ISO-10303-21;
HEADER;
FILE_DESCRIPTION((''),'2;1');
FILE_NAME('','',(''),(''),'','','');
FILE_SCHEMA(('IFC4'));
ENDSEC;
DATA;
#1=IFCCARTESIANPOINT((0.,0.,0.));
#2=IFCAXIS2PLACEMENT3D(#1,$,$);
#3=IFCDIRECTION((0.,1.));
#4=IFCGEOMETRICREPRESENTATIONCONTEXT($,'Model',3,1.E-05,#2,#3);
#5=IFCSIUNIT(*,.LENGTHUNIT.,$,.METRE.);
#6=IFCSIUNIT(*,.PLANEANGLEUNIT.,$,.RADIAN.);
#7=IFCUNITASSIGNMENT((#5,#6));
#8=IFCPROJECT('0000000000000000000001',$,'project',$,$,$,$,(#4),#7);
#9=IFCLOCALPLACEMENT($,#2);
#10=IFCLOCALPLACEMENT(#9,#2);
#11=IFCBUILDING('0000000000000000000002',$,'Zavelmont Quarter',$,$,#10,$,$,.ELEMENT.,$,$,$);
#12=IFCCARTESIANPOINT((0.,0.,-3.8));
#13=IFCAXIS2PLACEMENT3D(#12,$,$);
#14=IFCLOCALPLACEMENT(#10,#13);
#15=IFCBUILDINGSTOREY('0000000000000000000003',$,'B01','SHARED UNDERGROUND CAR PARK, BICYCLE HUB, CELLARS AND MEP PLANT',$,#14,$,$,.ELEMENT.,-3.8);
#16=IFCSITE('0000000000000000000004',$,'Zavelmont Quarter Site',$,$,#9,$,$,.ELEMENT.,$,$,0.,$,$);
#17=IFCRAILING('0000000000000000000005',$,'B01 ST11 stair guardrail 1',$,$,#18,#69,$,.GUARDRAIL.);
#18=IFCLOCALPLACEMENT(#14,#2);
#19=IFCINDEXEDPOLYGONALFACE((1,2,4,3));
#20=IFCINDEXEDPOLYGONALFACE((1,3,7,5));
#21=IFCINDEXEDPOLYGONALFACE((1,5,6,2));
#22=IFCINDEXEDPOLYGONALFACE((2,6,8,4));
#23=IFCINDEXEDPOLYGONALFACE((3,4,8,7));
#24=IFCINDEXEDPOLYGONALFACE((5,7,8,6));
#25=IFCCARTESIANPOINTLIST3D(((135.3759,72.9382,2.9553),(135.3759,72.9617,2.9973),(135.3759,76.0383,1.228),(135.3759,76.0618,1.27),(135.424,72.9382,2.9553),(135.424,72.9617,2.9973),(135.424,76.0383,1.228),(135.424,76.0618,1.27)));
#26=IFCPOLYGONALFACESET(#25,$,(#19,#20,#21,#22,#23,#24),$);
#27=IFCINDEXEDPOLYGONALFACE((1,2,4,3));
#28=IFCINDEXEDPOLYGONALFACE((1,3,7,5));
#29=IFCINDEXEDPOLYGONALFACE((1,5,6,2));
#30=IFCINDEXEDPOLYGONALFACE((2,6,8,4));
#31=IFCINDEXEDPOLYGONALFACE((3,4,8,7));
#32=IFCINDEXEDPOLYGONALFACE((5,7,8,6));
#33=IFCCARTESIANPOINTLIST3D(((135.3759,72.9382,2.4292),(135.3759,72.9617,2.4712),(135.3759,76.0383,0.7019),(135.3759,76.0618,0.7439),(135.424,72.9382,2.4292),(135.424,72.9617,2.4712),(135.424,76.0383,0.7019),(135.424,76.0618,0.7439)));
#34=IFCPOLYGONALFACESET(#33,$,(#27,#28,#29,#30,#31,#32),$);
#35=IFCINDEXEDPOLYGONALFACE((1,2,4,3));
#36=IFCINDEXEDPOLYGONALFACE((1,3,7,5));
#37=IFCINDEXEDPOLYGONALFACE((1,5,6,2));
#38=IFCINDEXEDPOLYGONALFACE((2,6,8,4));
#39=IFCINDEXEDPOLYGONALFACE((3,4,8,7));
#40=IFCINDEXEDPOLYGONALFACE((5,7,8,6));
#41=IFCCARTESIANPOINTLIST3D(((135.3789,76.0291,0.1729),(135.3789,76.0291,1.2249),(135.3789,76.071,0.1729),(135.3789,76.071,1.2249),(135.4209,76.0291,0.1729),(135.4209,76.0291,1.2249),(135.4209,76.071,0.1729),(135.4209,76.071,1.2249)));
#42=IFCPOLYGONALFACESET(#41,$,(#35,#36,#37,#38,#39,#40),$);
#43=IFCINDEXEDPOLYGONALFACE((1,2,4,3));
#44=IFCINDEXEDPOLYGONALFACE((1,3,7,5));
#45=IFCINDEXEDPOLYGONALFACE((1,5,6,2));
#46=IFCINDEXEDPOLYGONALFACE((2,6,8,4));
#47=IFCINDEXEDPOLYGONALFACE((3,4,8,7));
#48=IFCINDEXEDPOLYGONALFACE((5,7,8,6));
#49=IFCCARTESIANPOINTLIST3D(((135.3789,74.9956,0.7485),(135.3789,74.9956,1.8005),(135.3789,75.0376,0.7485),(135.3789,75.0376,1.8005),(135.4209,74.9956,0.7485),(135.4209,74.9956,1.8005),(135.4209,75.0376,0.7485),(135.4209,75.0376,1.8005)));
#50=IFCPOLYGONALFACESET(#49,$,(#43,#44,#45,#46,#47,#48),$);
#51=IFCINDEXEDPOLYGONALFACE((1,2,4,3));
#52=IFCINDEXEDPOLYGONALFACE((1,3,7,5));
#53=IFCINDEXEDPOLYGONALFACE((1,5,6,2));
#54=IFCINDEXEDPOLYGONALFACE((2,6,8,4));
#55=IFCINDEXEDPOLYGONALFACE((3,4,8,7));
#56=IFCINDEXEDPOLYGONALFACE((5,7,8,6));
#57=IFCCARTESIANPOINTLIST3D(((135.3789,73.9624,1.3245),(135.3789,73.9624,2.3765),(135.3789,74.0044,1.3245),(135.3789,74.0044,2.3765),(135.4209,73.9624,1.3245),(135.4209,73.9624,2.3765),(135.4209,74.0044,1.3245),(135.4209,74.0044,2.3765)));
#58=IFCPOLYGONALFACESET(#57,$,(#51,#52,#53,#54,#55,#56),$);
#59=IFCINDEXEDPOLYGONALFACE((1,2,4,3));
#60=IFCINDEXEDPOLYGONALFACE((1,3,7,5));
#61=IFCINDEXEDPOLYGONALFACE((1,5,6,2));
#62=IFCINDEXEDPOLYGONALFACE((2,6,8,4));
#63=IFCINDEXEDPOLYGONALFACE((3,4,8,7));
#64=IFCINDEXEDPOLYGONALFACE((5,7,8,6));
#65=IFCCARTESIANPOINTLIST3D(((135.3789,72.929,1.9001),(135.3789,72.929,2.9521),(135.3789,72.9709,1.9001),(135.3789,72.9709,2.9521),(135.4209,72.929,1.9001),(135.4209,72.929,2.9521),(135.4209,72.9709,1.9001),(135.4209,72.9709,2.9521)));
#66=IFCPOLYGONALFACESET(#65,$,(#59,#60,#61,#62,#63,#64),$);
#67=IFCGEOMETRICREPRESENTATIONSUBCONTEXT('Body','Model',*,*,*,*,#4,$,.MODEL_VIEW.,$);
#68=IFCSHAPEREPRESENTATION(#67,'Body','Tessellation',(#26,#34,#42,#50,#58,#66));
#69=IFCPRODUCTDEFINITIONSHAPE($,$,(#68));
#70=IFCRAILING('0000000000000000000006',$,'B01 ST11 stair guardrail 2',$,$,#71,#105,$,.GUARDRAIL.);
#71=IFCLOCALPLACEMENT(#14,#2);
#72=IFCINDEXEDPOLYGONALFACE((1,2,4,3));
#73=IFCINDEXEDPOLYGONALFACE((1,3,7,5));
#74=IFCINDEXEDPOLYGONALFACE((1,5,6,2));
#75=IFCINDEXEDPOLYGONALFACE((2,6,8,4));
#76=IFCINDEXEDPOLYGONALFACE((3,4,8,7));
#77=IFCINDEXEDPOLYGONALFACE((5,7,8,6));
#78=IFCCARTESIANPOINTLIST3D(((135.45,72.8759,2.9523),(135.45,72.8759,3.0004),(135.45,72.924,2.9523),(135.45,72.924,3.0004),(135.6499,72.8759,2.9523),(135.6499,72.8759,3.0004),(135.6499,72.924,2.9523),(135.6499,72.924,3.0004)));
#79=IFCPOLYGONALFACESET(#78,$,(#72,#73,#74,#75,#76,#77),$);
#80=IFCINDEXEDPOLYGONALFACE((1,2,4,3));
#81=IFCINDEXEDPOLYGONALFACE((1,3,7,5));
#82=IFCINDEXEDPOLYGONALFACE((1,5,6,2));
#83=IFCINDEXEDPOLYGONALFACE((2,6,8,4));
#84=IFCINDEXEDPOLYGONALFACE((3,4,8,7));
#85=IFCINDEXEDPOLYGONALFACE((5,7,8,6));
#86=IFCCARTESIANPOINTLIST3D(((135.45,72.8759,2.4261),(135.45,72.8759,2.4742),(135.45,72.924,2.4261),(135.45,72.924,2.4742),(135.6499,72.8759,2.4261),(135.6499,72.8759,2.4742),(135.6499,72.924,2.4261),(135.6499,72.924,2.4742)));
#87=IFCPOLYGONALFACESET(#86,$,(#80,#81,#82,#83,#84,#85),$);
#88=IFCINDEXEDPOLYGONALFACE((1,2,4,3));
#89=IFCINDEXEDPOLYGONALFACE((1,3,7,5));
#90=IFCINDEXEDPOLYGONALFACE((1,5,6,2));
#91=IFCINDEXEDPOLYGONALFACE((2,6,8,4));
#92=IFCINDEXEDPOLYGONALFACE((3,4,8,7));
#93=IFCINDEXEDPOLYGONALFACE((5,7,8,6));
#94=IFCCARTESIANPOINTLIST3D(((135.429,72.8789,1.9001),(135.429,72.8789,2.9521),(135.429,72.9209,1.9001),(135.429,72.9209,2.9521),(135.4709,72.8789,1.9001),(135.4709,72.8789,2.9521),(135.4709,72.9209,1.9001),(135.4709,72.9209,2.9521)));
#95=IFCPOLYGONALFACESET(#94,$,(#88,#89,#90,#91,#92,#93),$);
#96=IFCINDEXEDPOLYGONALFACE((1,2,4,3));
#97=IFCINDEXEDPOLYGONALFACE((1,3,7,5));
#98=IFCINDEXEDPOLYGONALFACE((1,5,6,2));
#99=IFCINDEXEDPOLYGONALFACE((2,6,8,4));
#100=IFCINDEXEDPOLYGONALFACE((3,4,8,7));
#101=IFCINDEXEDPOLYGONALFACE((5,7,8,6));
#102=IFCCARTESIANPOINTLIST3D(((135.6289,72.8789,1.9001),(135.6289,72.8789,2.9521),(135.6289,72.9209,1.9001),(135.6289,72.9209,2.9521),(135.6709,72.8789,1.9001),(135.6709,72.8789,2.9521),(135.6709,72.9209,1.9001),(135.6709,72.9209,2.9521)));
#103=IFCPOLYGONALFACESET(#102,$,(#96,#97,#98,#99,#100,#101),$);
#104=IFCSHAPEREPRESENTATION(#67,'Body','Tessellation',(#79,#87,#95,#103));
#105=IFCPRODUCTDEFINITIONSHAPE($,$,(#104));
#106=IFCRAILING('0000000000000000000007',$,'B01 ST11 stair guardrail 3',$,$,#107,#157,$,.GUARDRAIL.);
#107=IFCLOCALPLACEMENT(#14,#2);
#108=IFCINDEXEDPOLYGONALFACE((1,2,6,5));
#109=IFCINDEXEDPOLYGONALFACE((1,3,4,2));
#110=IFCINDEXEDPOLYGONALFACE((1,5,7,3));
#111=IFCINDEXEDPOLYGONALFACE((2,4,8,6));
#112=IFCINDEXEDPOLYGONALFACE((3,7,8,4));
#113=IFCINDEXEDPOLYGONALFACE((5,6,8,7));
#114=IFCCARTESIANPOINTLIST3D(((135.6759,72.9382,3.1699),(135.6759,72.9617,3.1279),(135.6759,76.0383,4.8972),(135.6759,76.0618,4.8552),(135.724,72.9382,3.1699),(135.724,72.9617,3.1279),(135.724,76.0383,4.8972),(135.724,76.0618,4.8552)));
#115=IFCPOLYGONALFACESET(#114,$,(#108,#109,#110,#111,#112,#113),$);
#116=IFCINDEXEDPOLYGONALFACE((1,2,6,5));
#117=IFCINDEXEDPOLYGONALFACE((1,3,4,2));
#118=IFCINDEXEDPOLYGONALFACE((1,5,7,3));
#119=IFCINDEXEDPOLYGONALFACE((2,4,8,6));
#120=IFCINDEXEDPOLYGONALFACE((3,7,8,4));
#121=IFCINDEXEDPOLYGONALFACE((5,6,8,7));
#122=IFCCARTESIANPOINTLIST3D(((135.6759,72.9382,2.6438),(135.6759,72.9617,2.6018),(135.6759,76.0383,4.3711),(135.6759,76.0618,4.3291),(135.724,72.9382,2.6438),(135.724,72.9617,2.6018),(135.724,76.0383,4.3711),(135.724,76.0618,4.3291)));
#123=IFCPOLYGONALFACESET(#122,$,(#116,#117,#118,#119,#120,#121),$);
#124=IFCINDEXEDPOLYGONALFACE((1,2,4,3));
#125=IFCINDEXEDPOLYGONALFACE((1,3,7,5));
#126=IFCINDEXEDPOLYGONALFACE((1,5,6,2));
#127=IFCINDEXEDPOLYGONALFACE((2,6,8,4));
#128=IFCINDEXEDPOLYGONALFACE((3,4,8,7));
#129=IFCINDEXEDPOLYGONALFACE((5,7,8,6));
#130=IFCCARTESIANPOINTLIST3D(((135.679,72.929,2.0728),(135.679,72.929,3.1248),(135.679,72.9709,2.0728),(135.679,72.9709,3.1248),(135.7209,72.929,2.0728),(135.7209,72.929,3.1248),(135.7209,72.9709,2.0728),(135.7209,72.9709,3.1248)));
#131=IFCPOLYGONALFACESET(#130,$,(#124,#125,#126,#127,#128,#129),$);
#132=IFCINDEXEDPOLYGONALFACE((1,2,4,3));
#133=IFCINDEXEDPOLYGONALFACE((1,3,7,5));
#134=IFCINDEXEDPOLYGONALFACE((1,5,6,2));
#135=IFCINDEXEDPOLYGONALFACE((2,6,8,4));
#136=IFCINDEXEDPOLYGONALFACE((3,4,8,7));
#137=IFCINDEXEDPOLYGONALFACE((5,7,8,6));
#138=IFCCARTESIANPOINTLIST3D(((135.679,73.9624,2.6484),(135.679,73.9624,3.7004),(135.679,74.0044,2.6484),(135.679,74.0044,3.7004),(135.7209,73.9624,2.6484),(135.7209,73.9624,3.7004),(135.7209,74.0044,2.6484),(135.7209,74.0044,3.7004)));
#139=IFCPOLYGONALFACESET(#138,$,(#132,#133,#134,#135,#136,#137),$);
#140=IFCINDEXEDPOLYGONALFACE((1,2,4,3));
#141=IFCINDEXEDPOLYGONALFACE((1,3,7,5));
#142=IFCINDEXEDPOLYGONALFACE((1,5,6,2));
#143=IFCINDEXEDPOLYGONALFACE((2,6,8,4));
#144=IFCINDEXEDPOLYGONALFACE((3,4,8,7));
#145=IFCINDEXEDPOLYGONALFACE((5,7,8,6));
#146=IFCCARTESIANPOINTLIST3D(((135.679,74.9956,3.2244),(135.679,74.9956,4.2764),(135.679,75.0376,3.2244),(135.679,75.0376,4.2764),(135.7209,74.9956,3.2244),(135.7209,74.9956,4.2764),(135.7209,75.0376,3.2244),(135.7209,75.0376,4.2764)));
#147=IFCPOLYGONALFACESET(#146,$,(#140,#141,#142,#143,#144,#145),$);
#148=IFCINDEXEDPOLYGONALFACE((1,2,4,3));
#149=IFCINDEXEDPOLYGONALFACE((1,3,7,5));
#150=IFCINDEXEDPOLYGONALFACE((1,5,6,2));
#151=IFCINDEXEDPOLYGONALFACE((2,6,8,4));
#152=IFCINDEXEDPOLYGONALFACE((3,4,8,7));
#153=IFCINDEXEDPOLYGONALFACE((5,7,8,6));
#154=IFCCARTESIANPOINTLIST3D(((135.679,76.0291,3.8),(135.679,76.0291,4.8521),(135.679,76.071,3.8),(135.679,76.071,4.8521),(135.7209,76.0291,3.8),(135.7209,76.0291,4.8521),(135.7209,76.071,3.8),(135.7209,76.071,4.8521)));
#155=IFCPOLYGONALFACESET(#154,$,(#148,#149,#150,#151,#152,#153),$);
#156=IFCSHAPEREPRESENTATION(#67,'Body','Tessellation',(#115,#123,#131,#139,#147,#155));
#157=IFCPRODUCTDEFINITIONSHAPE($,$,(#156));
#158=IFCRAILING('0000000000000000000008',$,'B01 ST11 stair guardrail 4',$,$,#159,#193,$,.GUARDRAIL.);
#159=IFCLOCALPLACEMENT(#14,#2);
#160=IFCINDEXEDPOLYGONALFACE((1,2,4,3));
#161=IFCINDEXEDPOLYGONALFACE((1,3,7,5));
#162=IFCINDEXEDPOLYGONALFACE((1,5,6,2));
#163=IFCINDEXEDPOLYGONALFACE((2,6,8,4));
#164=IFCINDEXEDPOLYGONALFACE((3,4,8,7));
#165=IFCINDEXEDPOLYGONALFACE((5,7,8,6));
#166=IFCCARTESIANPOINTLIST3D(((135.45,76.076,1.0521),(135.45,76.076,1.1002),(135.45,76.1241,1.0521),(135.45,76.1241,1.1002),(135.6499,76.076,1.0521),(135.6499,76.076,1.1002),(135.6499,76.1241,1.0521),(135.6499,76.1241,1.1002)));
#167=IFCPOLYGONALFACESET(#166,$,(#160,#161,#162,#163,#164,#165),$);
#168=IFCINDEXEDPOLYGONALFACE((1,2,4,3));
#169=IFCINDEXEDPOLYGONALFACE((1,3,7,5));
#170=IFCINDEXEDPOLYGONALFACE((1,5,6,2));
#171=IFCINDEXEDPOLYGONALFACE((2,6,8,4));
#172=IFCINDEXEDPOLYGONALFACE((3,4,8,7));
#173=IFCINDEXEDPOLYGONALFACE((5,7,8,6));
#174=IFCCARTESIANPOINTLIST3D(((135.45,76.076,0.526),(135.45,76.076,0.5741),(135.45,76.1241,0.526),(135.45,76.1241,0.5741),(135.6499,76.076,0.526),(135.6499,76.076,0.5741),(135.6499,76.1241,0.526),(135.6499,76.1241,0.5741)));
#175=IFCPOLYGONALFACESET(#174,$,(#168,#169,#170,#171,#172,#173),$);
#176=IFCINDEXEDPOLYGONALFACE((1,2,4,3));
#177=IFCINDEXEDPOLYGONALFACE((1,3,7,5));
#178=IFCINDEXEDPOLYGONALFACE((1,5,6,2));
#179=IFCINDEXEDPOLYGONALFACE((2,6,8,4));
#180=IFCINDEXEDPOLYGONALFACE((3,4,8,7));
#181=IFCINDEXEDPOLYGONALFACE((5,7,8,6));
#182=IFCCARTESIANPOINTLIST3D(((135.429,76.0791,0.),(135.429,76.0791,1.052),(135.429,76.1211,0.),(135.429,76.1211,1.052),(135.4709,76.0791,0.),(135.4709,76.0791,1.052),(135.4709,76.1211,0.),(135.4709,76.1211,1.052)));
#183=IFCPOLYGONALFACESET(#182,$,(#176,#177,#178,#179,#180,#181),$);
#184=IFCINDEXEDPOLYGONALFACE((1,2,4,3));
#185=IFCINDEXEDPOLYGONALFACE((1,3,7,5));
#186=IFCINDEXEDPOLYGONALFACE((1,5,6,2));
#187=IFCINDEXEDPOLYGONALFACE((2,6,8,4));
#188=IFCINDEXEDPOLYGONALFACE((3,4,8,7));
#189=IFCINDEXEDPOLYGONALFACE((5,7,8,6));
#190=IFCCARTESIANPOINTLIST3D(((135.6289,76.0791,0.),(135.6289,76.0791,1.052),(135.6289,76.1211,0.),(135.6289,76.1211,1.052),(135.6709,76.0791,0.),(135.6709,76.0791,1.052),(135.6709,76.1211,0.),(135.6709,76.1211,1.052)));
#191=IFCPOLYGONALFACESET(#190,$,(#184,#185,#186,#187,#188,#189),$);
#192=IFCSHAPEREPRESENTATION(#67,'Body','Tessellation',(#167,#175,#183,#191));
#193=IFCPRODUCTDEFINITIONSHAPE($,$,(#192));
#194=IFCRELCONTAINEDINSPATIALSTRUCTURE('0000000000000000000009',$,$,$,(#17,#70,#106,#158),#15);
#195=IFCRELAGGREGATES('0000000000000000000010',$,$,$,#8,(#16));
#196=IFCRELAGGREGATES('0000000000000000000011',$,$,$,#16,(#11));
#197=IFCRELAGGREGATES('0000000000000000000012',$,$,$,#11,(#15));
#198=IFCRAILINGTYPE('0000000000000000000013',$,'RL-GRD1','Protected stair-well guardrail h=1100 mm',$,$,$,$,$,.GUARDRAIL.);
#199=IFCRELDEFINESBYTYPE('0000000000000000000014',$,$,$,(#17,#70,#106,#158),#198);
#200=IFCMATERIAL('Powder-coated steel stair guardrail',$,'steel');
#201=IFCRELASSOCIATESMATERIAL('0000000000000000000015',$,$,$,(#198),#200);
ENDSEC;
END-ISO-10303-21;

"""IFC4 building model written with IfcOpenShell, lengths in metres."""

from ifc_helpers import new_model, si_unit, direction, frame, origin, origin_2d, place, context, subcontext, project, spatial, rectangle, extrude, material, type_object, element, save


model = new_model("IFC4")

# Units and contexts
model_context = context("Model", 3, precision=1e-05, world=origin(), true_north=direction((0.0, 1.0)))
body_context = subcontext(model_context, "Body", "Model", "MODEL_VIEW")
ifc_project = project(units=[si_unit("LENGTHUNIT", "METRE"), si_unit("PLANEANGLEUNIT", "RADIAN")], contexts=[model_context])

# Site, building, storey
site_placement = place(None, origin())
site = spatial("IfcSite", under=ifc_project, at=site_placement, Name="Zavelmont Quarter Site", CompositionType="ELEMENT", RefElevation=0.0)
building_placement = place(site_placement, origin())
building = spatial("IfcBuilding", under=site, at=building_placement, Name="Zavelmont Quarter", CompositionType="ELEMENT")
storey_placement = place(building_placement, frame((0.0, 0.0, -3.8)))
storey = spatial("IfcBuildingStorey", under=building, at=storey_placement, Name="B01", Description="SHARED UNDERGROUND CAR PARK, BICYCLE HUB, CELLARS AND MEP PLANT", CompositionType="ELEMENT", Elevation=-3.8)

# Railings
ifc_material_1 = material(Name="Powder-coated steel stair guardrail", Category="steel")
railing_type_1 = type_object("IfcRailingType", Name="RL-GRD1", Description="Protected stair-well guardrail h=1100 mm", PredefinedType="GUARDRAIL", material=ifc_material_1)
railing_1_placement = place(storey_placement, frame((135.3999, 76.05, 0.1729)))
element("IfcRailing", 1, at=railing_1_placement, inside=storey, type_object=railing_type_1, Name="B01 ST11 stair guardrail 1", PredefinedType="GUARDRAIL", context=body_context, shape_type="SweptSolid", body=[
    extrude(rectangle(XDim=0.0481, YDim=0.0481, at=origin_2d()), frame((0.0, 0.0, 1.0762), z_axis=(0.0, -0.873556, 0.486723), x_axis=(1.0, 0.0, 0.0)), (0.0, 0.0, 1.0), 3.5488),
    extrude(rectangle(XDim=0.0481, YDim=0.0481, at=origin_2d()), frame((0.0, 0.0, 0.55), z_axis=(0.0, -0.873556, 0.486723), x_axis=(1.0, 0.0, 0.0)), (0.0, 0.0, 1.0), 3.5488),
    extrude(rectangle(XDim=0.042, YDim=0.042, at=origin_2d()), origin(), (0.0, 0.0, 1.0), 1.052),
    extrude(rectangle(XDim=0.042, YDim=0.042, at=origin_2d()), frame((0.0, -1.0334, 0.5757)), (0.0, 0.0, 1.0), 1.052),
    extrude(rectangle(XDim=0.042, YDim=0.042, at=origin_2d()), frame((0.0, -2.0667, 1.1516)), (0.0, 0.0, 1.0), 1.052),
    extrude(rectangle(XDim=0.042, YDim=0.042, at=origin_2d()), frame((0.0, -3.1001, 1.7273)), (0.0, 0.0, 1.0), 1.052),
])
railing_2_placement = place(storey_placement, frame((135.45, 72.8999, 1.9001)))
element("IfcRailing", 2, at=railing_2_placement, inside=storey, type_object=railing_type_1, Name="B01 ST11 stair guardrail 2", PredefinedType="GUARDRAIL", context=body_context, shape_type="SweptSolid", body=[
    extrude(rectangle(XDim=0.0481, YDim=0.0481, at=origin_2d()), frame((0.0, 0.0, 1.0762), z_axis=(1.0, 0.0, 0.0), x_axis=(0.0, 1.0, 0.0)), (0.0, 0.0, 1.0), 0.2),
    extrude(rectangle(XDim=0.0481, YDim=0.0481, at=origin_2d()), frame((0.0, 0.0, 0.55), z_axis=(1.0, 0.0, 0.0), x_axis=(0.0, 1.0, 0.0)), (0.0, 0.0, 1.0), 0.2),
    extrude(rectangle(XDim=0.042, YDim=0.042, at=origin_2d()), origin(), (0.0, 0.0, 1.0), 1.052),
    extrude(rectangle(XDim=0.042, YDim=0.042, at=origin_2d()), frame((0.2, 0.0, 0.0)), (0.0, 0.0, 1.0), 1.052),
])
railing_3_placement = place(storey_placement, frame((135.7, 72.95, 2.0728)))
element("IfcRailing", 3, at=railing_3_placement, inside=storey, type_object=railing_type_1, Name="B01 ST11 stair guardrail 3", PredefinedType="GUARDRAIL", context=body_context, shape_type="SweptSolid", body=[
    extrude(rectangle(XDim=0.0481, YDim=0.0481, at=origin_2d()), frame((0.0, 0.0, 1.0762), z_axis=(0.0, 0.873556, 0.486723), x_axis=(-1.0, 0.0, 0.0)), (0.0, 0.0, 1.0), 3.5488),
    extrude(rectangle(XDim=0.0481, YDim=0.0481, at=origin_2d()), frame((0.0, 0.0, 0.55), z_axis=(0.0, 0.873556, 0.486723), x_axis=(-1.0, 0.0, 0.0)), (0.0, 0.0, 1.0), 3.5488),
    extrude(rectangle(XDim=0.042, YDim=0.042, at=origin_2d()), origin(), (0.0, 0.0, 1.0), 1.052),
    extrude(rectangle(XDim=0.042, YDim=0.042, at=origin_2d()), frame((0.0, 1.0334, 0.5757)), (0.0, 0.0, 1.0), 1.052),
    extrude(rectangle(XDim=0.042, YDim=0.042, at=origin_2d()), frame((0.0, 2.0667, 1.1516)), (0.0, 0.0, 1.0), 1.052),
    extrude(rectangle(XDim=0.042, YDim=0.042, at=origin_2d()), frame((0.0, 3.1001, 1.7273)), (0.0, 0.0, 1.0), 1.052),
])
railing_4_placement = place(storey_placement, frame((135.45, 76.1001, 0.0)))
element("IfcRailing", 4, at=railing_4_placement, inside=storey, type_object=railing_type_1, Name="B01 ST11 stair guardrail 4", PredefinedType="GUARDRAIL", context=body_context, shape_type="SweptSolid", body=[
    extrude(rectangle(XDim=0.0481, YDim=0.0481, at=origin_2d()), frame((0.0, 0.0, 1.0762), z_axis=(1.0, 0.0, 0.0), x_axis=(0.0, 1.0, 0.0)), (0.0, 0.0, 1.0), 0.2),
    extrude(rectangle(XDim=0.0481, YDim=0.0481, at=origin_2d()), frame((0.0, 0.0, 0.55), z_axis=(1.0, 0.0, 0.0), x_axis=(0.0, 1.0, 0.0)), (0.0, 0.0, 1.0), 0.2),
    extrude(rectangle(XDim=0.042, YDim=0.042, at=origin_2d()), origin(), (0.0, 0.0, 1.0), 1.052),
    extrude(rectangle(XDim=0.042, YDim=0.042, at=origin_2d()), frame((0.2, 0.0, 0.0)), (0.0, 0.0, 1.0), 1.052),
])

save(model, "model.ifc")
